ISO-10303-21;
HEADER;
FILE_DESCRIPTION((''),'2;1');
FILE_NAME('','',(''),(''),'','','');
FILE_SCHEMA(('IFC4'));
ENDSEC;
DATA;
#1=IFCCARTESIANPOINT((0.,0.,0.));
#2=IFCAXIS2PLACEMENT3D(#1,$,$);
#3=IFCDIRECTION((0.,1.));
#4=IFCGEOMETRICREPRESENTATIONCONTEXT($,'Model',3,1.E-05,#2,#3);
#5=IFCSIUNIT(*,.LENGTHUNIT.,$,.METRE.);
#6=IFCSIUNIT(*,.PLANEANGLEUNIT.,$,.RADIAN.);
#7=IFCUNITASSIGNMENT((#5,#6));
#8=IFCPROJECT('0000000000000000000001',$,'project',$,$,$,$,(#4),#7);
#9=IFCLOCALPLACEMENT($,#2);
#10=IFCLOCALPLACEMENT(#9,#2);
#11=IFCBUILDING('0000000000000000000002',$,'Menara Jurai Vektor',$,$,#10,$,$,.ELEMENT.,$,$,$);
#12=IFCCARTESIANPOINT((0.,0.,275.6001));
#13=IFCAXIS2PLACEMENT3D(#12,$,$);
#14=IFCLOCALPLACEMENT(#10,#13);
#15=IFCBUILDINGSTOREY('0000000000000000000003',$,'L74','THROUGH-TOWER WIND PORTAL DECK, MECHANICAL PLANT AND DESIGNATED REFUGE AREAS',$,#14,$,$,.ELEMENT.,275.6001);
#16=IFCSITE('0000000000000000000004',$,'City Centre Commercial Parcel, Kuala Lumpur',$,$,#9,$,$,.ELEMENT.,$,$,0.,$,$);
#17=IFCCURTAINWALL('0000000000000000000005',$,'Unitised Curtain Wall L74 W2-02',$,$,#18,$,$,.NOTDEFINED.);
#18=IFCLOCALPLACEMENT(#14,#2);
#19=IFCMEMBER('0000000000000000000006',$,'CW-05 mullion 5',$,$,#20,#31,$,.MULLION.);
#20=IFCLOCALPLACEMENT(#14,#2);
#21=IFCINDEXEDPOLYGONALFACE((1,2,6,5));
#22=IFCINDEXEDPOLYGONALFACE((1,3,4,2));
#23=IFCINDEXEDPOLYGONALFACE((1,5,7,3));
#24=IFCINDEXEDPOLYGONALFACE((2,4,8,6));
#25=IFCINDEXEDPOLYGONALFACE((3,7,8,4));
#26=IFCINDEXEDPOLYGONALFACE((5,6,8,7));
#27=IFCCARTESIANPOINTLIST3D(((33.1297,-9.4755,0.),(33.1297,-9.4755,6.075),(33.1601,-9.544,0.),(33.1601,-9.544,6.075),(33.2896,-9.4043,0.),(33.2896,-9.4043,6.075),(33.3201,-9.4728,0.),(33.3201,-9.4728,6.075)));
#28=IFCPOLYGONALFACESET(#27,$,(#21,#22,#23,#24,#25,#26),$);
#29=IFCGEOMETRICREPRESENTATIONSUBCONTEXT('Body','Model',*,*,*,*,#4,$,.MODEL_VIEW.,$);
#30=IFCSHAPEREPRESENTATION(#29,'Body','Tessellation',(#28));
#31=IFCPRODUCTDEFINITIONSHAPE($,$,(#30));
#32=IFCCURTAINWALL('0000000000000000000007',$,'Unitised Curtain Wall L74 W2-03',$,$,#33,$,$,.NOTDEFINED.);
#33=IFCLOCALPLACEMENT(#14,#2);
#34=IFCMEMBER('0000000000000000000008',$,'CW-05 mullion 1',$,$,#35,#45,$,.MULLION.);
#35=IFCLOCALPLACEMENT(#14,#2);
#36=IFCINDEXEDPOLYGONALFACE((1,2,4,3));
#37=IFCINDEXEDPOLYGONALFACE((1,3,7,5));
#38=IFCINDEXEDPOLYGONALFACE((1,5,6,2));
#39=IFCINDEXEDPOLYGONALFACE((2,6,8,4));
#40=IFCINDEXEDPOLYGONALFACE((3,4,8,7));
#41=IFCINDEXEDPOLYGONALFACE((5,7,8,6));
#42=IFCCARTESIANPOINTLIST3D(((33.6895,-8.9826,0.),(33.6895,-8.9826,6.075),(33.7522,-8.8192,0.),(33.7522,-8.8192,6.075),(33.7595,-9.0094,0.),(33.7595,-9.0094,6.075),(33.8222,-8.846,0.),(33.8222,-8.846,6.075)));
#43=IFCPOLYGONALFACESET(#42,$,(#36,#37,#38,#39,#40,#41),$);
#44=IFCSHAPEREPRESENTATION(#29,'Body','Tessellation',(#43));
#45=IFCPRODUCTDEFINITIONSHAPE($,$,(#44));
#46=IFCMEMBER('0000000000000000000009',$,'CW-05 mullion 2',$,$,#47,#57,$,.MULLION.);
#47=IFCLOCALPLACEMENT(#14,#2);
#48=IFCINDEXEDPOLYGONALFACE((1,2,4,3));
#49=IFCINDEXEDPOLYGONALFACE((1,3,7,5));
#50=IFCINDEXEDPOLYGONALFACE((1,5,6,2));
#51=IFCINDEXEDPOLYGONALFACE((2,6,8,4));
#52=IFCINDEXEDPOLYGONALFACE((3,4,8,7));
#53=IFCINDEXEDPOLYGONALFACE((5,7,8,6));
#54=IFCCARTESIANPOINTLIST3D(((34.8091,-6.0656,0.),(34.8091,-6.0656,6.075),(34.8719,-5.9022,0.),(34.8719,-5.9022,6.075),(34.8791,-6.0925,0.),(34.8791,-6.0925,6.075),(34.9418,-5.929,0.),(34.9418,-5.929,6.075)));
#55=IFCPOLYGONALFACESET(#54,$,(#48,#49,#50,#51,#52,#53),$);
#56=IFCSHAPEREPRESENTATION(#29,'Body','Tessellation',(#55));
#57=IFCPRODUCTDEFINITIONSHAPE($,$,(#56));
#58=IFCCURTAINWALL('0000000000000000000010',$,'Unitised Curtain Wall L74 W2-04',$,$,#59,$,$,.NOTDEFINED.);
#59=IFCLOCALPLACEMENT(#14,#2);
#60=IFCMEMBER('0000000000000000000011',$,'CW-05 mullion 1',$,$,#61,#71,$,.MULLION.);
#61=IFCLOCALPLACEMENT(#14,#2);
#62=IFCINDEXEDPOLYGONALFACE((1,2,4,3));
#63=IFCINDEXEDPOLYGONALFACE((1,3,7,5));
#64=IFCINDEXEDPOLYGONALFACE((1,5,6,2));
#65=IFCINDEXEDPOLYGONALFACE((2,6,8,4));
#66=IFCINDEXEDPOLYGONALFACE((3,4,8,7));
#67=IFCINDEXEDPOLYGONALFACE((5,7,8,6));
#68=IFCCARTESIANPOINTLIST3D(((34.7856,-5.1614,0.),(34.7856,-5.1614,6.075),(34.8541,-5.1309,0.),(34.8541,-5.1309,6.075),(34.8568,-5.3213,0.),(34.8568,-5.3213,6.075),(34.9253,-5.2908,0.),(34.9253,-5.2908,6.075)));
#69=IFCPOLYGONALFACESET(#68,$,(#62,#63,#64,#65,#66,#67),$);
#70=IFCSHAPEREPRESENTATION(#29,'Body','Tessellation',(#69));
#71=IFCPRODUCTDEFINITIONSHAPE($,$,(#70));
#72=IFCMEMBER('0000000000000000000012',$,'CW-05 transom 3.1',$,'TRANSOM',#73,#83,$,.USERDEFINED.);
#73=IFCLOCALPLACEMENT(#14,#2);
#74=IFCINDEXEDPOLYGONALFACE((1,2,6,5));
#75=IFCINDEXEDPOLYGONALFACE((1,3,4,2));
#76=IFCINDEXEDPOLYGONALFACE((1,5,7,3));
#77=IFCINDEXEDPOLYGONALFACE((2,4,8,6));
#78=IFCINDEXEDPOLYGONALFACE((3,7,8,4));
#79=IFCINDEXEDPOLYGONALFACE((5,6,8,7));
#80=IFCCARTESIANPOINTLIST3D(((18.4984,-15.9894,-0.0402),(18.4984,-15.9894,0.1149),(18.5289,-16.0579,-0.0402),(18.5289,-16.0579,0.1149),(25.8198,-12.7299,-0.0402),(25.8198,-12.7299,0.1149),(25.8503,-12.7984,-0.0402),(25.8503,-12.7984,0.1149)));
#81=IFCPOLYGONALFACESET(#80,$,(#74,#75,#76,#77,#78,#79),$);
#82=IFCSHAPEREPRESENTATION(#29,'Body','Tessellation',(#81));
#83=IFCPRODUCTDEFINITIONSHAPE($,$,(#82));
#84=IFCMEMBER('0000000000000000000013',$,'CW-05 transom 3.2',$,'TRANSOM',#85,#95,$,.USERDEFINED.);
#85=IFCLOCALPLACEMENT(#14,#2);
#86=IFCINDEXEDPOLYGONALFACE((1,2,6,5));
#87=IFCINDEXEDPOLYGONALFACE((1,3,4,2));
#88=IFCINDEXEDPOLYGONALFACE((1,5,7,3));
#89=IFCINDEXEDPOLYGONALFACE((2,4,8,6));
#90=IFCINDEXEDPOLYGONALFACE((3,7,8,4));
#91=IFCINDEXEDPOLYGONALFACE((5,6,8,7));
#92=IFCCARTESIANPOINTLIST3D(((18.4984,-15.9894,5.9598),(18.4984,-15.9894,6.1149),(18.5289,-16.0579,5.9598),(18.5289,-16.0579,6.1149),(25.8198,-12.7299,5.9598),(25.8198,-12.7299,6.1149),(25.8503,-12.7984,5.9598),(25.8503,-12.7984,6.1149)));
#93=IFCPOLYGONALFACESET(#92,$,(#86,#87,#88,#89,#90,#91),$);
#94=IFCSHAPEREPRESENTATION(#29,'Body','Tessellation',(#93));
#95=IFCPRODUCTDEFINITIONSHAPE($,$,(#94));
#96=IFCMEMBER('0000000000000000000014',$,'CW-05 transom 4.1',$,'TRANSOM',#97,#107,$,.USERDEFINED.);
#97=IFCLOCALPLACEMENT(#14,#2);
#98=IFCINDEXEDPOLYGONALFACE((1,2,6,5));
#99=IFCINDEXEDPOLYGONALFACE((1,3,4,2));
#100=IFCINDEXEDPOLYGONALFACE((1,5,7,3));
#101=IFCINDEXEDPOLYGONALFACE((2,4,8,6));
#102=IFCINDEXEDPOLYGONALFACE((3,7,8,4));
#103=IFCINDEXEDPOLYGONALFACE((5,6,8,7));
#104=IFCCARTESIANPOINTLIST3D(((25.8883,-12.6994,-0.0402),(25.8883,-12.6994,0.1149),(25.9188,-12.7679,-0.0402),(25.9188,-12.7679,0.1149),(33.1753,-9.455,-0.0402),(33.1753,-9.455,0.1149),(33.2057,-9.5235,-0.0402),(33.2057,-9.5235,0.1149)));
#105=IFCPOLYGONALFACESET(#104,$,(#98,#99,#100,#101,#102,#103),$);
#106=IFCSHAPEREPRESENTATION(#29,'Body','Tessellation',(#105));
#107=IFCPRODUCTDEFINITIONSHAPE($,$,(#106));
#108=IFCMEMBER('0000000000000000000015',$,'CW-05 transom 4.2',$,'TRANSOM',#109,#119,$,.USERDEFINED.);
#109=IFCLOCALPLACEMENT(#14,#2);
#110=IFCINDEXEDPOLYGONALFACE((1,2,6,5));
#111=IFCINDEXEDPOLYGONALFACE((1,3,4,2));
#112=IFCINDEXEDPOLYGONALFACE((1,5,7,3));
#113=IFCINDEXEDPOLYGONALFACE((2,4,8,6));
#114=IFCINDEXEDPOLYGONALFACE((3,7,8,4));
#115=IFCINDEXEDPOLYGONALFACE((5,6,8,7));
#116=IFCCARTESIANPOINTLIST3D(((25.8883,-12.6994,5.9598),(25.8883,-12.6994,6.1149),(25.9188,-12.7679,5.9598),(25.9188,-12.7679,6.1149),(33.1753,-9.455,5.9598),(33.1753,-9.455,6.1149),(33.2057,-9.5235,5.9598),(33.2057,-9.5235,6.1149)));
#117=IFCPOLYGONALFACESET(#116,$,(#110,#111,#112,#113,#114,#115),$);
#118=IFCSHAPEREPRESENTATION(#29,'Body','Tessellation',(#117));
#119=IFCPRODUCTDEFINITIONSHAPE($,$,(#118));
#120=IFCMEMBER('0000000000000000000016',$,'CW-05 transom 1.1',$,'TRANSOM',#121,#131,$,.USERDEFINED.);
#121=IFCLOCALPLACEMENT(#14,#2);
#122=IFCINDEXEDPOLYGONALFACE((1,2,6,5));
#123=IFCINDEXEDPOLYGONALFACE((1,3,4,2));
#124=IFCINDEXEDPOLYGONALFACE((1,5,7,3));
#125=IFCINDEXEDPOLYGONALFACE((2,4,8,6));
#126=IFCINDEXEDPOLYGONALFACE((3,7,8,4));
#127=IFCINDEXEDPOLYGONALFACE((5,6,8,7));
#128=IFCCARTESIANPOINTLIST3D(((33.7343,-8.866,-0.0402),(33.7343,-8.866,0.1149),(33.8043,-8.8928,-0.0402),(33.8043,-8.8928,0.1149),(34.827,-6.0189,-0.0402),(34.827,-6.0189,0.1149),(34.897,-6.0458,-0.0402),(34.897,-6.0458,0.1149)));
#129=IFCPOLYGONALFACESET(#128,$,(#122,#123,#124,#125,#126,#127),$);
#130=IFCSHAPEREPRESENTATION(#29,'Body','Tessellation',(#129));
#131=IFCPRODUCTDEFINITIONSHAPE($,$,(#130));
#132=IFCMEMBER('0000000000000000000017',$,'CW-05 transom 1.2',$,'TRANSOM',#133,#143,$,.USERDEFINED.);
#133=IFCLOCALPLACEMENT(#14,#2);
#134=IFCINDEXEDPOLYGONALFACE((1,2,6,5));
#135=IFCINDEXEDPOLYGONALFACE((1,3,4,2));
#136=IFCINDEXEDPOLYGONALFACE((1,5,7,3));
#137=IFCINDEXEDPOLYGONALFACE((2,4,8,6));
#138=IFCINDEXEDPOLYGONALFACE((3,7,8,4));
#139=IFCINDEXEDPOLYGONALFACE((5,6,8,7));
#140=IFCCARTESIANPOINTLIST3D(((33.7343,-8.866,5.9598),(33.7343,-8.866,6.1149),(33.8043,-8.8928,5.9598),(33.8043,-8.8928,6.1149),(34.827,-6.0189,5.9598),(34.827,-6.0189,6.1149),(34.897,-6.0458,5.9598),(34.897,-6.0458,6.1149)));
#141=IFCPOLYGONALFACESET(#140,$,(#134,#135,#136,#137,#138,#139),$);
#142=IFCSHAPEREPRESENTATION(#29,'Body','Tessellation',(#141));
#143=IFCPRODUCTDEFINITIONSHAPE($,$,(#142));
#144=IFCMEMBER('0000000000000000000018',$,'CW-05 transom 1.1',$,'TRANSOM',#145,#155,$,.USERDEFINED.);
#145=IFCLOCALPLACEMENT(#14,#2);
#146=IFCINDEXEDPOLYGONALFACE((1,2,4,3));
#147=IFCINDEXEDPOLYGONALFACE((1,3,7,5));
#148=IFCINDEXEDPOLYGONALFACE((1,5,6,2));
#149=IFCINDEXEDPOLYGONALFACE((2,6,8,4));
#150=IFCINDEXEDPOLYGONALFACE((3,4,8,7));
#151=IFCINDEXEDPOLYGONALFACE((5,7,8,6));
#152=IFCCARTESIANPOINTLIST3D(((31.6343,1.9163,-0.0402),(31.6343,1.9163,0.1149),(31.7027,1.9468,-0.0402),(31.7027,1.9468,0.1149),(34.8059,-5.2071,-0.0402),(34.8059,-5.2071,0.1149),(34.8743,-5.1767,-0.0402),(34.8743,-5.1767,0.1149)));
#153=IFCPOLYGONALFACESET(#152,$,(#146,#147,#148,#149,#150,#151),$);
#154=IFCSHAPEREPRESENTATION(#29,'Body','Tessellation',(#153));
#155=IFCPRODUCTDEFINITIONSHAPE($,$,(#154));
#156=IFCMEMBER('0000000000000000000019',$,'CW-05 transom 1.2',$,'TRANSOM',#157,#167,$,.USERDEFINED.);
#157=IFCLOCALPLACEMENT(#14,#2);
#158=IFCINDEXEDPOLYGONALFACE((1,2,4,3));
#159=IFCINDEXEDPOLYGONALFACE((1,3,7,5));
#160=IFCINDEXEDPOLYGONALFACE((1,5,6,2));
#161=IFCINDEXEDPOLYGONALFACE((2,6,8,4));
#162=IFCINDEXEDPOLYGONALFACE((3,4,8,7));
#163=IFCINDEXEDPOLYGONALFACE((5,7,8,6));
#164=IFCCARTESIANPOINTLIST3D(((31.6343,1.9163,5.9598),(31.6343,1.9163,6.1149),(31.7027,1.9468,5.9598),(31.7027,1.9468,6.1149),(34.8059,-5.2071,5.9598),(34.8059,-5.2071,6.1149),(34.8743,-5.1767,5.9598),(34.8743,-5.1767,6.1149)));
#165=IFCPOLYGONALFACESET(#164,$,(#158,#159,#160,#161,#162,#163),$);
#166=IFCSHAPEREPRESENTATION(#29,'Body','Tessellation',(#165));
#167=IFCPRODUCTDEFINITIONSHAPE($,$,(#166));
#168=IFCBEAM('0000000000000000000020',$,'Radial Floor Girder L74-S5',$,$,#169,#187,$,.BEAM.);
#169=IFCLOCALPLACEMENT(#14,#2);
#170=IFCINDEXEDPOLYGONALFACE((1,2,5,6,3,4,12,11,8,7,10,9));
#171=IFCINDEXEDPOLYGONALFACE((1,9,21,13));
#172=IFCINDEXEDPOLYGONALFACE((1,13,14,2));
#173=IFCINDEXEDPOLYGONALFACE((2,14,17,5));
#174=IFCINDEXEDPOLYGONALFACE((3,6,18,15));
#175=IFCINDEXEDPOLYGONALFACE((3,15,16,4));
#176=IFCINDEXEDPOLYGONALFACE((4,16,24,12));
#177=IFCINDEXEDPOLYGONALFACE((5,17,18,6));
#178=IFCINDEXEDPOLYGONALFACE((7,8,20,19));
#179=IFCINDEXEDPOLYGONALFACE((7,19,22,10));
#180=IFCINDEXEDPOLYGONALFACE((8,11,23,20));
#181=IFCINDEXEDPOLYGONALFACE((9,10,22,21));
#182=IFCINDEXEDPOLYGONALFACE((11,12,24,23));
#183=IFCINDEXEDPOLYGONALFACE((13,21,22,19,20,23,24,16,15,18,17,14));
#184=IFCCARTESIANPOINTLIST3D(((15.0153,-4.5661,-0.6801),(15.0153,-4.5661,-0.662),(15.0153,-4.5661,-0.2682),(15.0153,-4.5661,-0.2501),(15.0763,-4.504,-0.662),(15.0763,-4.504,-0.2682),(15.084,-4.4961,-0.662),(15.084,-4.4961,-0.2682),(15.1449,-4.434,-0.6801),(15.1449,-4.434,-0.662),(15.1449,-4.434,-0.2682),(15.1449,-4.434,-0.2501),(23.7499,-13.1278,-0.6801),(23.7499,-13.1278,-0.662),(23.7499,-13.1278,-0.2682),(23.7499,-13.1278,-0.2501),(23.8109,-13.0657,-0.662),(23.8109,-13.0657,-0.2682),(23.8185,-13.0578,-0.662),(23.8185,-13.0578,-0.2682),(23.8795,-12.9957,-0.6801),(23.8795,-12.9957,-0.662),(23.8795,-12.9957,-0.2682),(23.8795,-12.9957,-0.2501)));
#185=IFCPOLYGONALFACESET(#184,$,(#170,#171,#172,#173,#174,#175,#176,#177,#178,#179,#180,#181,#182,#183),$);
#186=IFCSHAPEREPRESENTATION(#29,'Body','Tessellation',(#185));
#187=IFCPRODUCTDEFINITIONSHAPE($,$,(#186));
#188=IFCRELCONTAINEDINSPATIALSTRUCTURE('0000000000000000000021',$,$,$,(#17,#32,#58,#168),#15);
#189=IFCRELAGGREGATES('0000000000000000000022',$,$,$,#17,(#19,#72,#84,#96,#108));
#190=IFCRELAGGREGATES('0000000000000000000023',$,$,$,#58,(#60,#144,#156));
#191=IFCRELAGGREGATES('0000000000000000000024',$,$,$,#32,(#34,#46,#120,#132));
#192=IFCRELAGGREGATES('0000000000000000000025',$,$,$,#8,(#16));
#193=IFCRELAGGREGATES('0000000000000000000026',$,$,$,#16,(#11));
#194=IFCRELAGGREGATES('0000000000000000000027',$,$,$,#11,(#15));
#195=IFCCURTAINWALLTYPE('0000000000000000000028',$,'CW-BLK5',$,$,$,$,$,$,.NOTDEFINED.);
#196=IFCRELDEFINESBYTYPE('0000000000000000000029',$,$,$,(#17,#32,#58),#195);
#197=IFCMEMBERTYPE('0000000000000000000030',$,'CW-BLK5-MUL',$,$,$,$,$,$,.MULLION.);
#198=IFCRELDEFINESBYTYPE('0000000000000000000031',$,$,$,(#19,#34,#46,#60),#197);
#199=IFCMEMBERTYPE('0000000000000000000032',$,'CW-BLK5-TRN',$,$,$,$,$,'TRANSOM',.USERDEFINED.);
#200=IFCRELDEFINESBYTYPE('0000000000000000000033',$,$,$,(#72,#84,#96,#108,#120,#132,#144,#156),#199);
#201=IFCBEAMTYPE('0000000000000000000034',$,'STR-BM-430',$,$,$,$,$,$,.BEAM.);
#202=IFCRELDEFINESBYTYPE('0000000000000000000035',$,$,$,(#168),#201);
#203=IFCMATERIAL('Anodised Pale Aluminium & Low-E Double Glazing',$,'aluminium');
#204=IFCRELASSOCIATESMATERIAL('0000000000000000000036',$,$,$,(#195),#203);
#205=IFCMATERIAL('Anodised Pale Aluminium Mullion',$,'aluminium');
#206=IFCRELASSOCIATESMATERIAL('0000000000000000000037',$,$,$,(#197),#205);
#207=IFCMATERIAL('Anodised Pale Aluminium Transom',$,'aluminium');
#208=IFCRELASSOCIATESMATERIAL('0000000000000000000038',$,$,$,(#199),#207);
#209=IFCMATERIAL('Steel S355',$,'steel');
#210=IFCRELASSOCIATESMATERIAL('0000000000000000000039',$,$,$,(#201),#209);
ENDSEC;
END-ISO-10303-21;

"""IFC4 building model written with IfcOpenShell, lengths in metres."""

from ifc_helpers import new_model, si_unit, direction, frame, origin, origin_2d, place, context, subcontext, project, spatial, rectangle, i_section, extrude, material, material_profile, profile_set, type_object, element, aggregate, save


model = new_model("IFC4")

# Units and contexts
model_context = context("Model", 3, precision=1e-05, world=origin(), true_north=direction((0.0, 1.0)))
body_context = subcontext(model_context, "Body", "Model", "MODEL_VIEW")
ifc_project = project(units=[si_unit("LENGTHUNIT", "METRE"), si_unit("PLANEANGLEUNIT", "RADIAN")], contexts=[model_context])

# Site, building, storey
site_placement = place(None, origin())
site = spatial("IfcSite", under=ifc_project, at=site_placement, Name="City Centre Commercial Parcel, Kuala Lumpur", CompositionType="ELEMENT", RefElevation=0.0)
building_placement = place(site_placement, origin())
building = spatial("IfcBuilding", under=site, at=building_placement, Name="Menara Jurai Vektor", CompositionType="ELEMENT")
storey_placement = place(building_placement, frame((0.0, 0.0, 275.6001)))
storey = spatial("IfcBuildingStorey", under=building, at=storey_placement, Name="L74", Description="THROUGH-TOWER WIND PORTAL DECK, MECHANICAL PLANT AND DESIGNATED REFUGE AREAS", CompositionType="ELEMENT", Elevation=275.6001)

# Curtain walls, members
ifc_material_1 = material(Name="Anodised Pale Aluminium & Low-E Double Glazing", Category="aluminium")
curtain_wall_type = type_object("IfcCurtainWallType", Name="CW-BLK5", PredefinedType="NOTDEFINED", material=ifc_material_1)
curtain_wall_1_placement = place(storey_placement, origin())
curtain_wall_1 = element("IfcCurtainWall", 1, at=curtain_wall_1_placement, inside=storey, type_object=curtain_wall_type, Name="Unitised Curtain Wall L74 W2-02", PredefinedType="NOTDEFINED")
ifc_material_2 = material(Name="Anodised Pale Aluminium Mullion", Category="aluminium")
ifc_material_profile_1 = material_profile(ifc_material_2, rectangle(XDim=0.075, YDim=0.175, at=origin_2d()), Name="ALU MUL 75x175")
ifc_profile_set_1 = profile_set([ifc_material_profile_1], Name="Anodised Pale Aluminium Mullion")
member_type_1 = type_object("IfcMemberType", Name="CW-BLK5-MUL", PredefinedType="MULLION", material=ifc_profile_set_1)
member_1_placement = place(storey_placement, frame((33.2249, -9.4741, 0.0), z_axis=(0.0, 0.0, 1.0), x_axis=(-0.406736, 0.913546, 0.0)))
member_1 = element("IfcMember", 2, at=member_1_placement, type_object=member_type_1, Name="CW-05 mullion 5", PredefinedType="MULLION", context=body_context, shape_type="SweptSolid", body=[
    extrude(rectangle(XDim=0.075, YDim=0.175, at=origin_2d()), origin(), (0.0, 0.0, 1.0), 6.075),
])
curtain_wall_2_placement = place(storey_placement, origin())
curtain_wall_2 = element("IfcCurtainWall", 3, at=curtain_wall_2_placement, inside=storey, type_object=curtain_wall_type, Name="Unitised Curtain Wall L74 W2-03", PredefinedType="NOTDEFINED")
member_2_placement = place(storey_placement, frame((33.7559, -8.9143, 0.0), z_axis=(0.0, 0.0, 1.0), x_axis=(-0.933578, 0.358374, 0.0)))
member_2 = element("IfcMember", 4, at=member_2_placement, type_object=member_type_1, Name="CW-05 mullion 1", PredefinedType="MULLION", context=body_context, shape_type="SweptSolid", body=[
    extrude(rectangle(XDim=0.075, YDim=0.175, at=origin_2d()), origin(), (0.0, 0.0, 1.0), 6.075),
])
member_3_placement = place(storey_placement, frame((34.8755, -5.9973, 0.0), z_axis=(0.0, 0.0, 1.0), x_axis=(-0.933578, 0.358374, 0.0)))
member_3 = element("IfcMember", 5, at=member_3_placement, type_object=member_type_1, Name="CW-05 mullion 2", PredefinedType="MULLION", context=body_context, shape_type="SweptSolid", body=[
    extrude(rectangle(XDim=0.075, YDim=0.175, at=origin_2d()), origin(), (0.0, 0.0, 1.0), 6.075),
])

# Curtain wall, member
curtain_wall_3_placement = place(storey_placement, origin())
curtain_wall_3 = element("IfcCurtainWall", 6, at=curtain_wall_3_placement, inside=storey, type_object=curtain_wall_type, Name="Unitised Curtain Wall L74 W2-04", PredefinedType="NOTDEFINED")
member_4_placement = place(storey_placement, frame((34.8555, -5.2261, 0.0), z_axis=(0.0, 0.0, 1.0), x_axis=(-0.913546, -0.406735, 0.0)))
member_4 = element("IfcMember", 7, at=member_4_placement, type_object=member_type_1, Name="CW-05 mullion 1", PredefinedType="MULLION", context=body_context, shape_type="SweptSolid", body=[
    extrude(rectangle(XDim=0.075, YDim=0.175, at=origin_2d()), origin(), (0.0, 0.0, 1.0), 6.075),
])

# Members
ifc_material_3 = material(Name="Anodised Pale Aluminium Transom", Category="aluminium")
ifc_material_profile_2 = material_profile(ifc_material_3, rectangle(XDim=0.075, YDim=0.155, at=origin_2d()), Name="ALU TRN 75x155")
ifc_profile_set_2 = profile_set([ifc_material_profile_2], Name="Anodised Pale Aluminium Transom")
member_type_2 = type_object("IfcMemberType", Name="CW-BLK5-TRN", ElementType="TRANSOM", PredefinedType="USERDEFINED", material=ifc_profile_set_2)
member_5_placement = place(storey_placement, frame((18.5137, -16.0237, 0.0374), z_axis=(0.913551, 0.406723, 0.0), x_axis=(-0.406723, 0.913551, 0.0)))
member_5 = element("IfcMember", 8, at=member_5_placement, type_object=member_type_2, Name="CW-05 transom 3.1", ObjectType="TRANSOM", PredefinedType="USERDEFINED", context=body_context, shape_type="SweptSolid", body=[
    extrude(rectangle(XDim=0.075, YDim=0.155, at=origin_2d()), origin(), (0.0, 0.0, 1.0), 8.0142),
])
member_6_placement = place(storey_placement, frame((18.5137, -16.0237, 6.0374), z_axis=(0.913551, 0.406723, 0.0), x_axis=(-0.406723, 0.913551, 0.0)))
member_6 = element("IfcMember", 9, at=member_6_placement, type_object=member_type_2, Name="CW-05 transom 3.2", ObjectType="TRANSOM", PredefinedType="USERDEFINED", context=body_context, shape_type="SweptSolid", body=[
    extrude(rectangle(XDim=0.075, YDim=0.155, at=origin_2d()), origin(), (0.0, 0.0, 1.0), 8.0142),
])
member_7_placement = place(storey_placement, frame((25.9036, -12.7336, 0.0374), z_axis=(0.913543, 0.406743, 0.0), x_axis=(-0.406743, 0.913543, 0.0)))
member_7 = element("IfcMember", 10, at=member_7_placement, type_object=member_type_2, Name="CW-05 transom 4.1", ObjectType="TRANSOM", PredefinedType="USERDEFINED", context=body_context, shape_type="SweptSolid", body=[
    extrude(rectangle(XDim=0.075, YDim=0.155, at=origin_2d()), origin(), (0.0, 0.0, 1.0), 7.9766),
])
member_8_placement = place(storey_placement, frame((25.9036, -12.7336, 6.0374), z_axis=(0.913543, 0.406743, 0.0), x_axis=(-0.406743, 0.913543, 0.0)))
member_8 = element("IfcMember", 11, at=member_8_placement, type_object=member_type_2, Name="CW-05 transom 4.2", ObjectType="TRANSOM", PredefinedType="USERDEFINED", context=body_context, shape_type="SweptSolid", body=[
    extrude(rectangle(XDim=0.075, YDim=0.155, at=origin_2d()), origin(), (0.0, 0.0, 1.0), 7.9766),
])
member_9_placement = place(storey_placement, frame((33.7693, -8.8794, 0.0374), z_axis=(0.358325, 0.933597, 0.0), x_axis=(-0.933597, 0.358325, 0.0)))
member_9 = element("IfcMember", 12, at=member_9_placement, type_object=member_type_2, Name="CW-05 transom 1.1", ObjectType="TRANSOM", PredefinedType="USERDEFINED", context=body_context, shape_type="SweptSolid", body=[
    extrude(rectangle(XDim=0.075, YDim=0.155, at=origin_2d()), origin(), (0.0, 0.0, 1.0), 3.0496),
])
member_10_placement = place(storey_placement, frame((33.7693, -8.8794, 6.0374), z_axis=(0.358325, 0.933597, 0.0), x_axis=(-0.933597, 0.358325, 0.0)))
member_10 = element("IfcMember", 13, at=member_10_placement, type_object=member_type_2, Name="CW-05 transom 1.2", ObjectType="TRANSOM", PredefinedType="USERDEFINED", context=body_context, shape_type="SweptSolid", body=[
    extrude(rectangle(XDim=0.075, YDim=0.155, at=origin_2d()), origin(), (0.0, 0.0, 1.0), 3.0496),
])
member_11_placement = place(storey_placement, frame((34.8401, -5.1919, 0.0374), z_axis=(-0.40674, 0.913544, 0.0), x_axis=(-0.913544, -0.40674, 0.0)))
member_11 = element("IfcMember", 14, at=member_11_placement, type_object=member_type_2, Name="CW-05 transom 1.1", ObjectType="TRANSOM", PredefinedType="USERDEFINED", context=body_context, shape_type="SweptSolid", body=[
    extrude(rectangle(XDim=0.075, YDim=0.155, at=origin_2d()), origin(), (0.0, 0.0, 1.0), 7.7976),
])
member_12_placement = place(storey_placement, frame((34.8401, -5.1919, 6.0374), z_axis=(-0.40674, 0.913544, 0.0), x_axis=(-0.913544, -0.40674, 0.0)))
member_12 = element("IfcMember", 15, at=member_12_placement, type_object=member_type_2, Name="CW-05 transom 1.2", ObjectType="TRANSOM", PredefinedType="USERDEFINED", context=body_context, shape_type="SweptSolid", body=[
    extrude(rectangle(XDim=0.075, YDim=0.155, at=origin_2d()), origin(), (0.0, 0.0, 1.0), 7.7976),
])

# Beam
ifc_material_4 = material(Name="Steel S355", Category="steel")
ifc_material_profile_3 = material_profile(ifc_material_4, i_section(OverallWidth=0.1851, OverallDepth=0.4299, WebThickness=0.011, FlangeThickness=0.0181, at=origin_2d()), Name="PG 430x185x76")
ifc_profile_set_3 = profile_set([ifc_material_profile_3], Name="Steel S355")
beam_type_1 = type_object("IfcBeamType", Name="STR-BM-430", PredefinedType="BEAM", material=ifc_profile_set_3)
beam_1_placement = place(storey_placement, frame((23.8147, -13.0618, -0.4651), z_axis=(-0.714138, 0.700005, 0.0), x_axis=(-0.700005, -0.714138, 0.0)))
element("IfcBeam", 16, at=beam_1_placement, inside=storey, type_object=beam_type_1, Name="Radial Floor Girder L74-S5", PredefinedType="BEAM", context=body_context, shape_type="SweptSolid", body=[
    extrude(i_section(OverallWidth=0.1851, OverallDepth=0.4299, WebThickness=0.011, FlangeThickness=0.0181, at=origin_2d()), origin(), (0.0, 0.0, 1.0), 12.231),
])

aggregate(curtain_wall_1, [member_1, member_5, member_6, member_7, member_8])
aggregate(curtain_wall_3, [member_4, member_11, member_12])
aggregate(curtain_wall_2, [member_2, member_3, member_9, member_10])

save(model, "model.ifc")
